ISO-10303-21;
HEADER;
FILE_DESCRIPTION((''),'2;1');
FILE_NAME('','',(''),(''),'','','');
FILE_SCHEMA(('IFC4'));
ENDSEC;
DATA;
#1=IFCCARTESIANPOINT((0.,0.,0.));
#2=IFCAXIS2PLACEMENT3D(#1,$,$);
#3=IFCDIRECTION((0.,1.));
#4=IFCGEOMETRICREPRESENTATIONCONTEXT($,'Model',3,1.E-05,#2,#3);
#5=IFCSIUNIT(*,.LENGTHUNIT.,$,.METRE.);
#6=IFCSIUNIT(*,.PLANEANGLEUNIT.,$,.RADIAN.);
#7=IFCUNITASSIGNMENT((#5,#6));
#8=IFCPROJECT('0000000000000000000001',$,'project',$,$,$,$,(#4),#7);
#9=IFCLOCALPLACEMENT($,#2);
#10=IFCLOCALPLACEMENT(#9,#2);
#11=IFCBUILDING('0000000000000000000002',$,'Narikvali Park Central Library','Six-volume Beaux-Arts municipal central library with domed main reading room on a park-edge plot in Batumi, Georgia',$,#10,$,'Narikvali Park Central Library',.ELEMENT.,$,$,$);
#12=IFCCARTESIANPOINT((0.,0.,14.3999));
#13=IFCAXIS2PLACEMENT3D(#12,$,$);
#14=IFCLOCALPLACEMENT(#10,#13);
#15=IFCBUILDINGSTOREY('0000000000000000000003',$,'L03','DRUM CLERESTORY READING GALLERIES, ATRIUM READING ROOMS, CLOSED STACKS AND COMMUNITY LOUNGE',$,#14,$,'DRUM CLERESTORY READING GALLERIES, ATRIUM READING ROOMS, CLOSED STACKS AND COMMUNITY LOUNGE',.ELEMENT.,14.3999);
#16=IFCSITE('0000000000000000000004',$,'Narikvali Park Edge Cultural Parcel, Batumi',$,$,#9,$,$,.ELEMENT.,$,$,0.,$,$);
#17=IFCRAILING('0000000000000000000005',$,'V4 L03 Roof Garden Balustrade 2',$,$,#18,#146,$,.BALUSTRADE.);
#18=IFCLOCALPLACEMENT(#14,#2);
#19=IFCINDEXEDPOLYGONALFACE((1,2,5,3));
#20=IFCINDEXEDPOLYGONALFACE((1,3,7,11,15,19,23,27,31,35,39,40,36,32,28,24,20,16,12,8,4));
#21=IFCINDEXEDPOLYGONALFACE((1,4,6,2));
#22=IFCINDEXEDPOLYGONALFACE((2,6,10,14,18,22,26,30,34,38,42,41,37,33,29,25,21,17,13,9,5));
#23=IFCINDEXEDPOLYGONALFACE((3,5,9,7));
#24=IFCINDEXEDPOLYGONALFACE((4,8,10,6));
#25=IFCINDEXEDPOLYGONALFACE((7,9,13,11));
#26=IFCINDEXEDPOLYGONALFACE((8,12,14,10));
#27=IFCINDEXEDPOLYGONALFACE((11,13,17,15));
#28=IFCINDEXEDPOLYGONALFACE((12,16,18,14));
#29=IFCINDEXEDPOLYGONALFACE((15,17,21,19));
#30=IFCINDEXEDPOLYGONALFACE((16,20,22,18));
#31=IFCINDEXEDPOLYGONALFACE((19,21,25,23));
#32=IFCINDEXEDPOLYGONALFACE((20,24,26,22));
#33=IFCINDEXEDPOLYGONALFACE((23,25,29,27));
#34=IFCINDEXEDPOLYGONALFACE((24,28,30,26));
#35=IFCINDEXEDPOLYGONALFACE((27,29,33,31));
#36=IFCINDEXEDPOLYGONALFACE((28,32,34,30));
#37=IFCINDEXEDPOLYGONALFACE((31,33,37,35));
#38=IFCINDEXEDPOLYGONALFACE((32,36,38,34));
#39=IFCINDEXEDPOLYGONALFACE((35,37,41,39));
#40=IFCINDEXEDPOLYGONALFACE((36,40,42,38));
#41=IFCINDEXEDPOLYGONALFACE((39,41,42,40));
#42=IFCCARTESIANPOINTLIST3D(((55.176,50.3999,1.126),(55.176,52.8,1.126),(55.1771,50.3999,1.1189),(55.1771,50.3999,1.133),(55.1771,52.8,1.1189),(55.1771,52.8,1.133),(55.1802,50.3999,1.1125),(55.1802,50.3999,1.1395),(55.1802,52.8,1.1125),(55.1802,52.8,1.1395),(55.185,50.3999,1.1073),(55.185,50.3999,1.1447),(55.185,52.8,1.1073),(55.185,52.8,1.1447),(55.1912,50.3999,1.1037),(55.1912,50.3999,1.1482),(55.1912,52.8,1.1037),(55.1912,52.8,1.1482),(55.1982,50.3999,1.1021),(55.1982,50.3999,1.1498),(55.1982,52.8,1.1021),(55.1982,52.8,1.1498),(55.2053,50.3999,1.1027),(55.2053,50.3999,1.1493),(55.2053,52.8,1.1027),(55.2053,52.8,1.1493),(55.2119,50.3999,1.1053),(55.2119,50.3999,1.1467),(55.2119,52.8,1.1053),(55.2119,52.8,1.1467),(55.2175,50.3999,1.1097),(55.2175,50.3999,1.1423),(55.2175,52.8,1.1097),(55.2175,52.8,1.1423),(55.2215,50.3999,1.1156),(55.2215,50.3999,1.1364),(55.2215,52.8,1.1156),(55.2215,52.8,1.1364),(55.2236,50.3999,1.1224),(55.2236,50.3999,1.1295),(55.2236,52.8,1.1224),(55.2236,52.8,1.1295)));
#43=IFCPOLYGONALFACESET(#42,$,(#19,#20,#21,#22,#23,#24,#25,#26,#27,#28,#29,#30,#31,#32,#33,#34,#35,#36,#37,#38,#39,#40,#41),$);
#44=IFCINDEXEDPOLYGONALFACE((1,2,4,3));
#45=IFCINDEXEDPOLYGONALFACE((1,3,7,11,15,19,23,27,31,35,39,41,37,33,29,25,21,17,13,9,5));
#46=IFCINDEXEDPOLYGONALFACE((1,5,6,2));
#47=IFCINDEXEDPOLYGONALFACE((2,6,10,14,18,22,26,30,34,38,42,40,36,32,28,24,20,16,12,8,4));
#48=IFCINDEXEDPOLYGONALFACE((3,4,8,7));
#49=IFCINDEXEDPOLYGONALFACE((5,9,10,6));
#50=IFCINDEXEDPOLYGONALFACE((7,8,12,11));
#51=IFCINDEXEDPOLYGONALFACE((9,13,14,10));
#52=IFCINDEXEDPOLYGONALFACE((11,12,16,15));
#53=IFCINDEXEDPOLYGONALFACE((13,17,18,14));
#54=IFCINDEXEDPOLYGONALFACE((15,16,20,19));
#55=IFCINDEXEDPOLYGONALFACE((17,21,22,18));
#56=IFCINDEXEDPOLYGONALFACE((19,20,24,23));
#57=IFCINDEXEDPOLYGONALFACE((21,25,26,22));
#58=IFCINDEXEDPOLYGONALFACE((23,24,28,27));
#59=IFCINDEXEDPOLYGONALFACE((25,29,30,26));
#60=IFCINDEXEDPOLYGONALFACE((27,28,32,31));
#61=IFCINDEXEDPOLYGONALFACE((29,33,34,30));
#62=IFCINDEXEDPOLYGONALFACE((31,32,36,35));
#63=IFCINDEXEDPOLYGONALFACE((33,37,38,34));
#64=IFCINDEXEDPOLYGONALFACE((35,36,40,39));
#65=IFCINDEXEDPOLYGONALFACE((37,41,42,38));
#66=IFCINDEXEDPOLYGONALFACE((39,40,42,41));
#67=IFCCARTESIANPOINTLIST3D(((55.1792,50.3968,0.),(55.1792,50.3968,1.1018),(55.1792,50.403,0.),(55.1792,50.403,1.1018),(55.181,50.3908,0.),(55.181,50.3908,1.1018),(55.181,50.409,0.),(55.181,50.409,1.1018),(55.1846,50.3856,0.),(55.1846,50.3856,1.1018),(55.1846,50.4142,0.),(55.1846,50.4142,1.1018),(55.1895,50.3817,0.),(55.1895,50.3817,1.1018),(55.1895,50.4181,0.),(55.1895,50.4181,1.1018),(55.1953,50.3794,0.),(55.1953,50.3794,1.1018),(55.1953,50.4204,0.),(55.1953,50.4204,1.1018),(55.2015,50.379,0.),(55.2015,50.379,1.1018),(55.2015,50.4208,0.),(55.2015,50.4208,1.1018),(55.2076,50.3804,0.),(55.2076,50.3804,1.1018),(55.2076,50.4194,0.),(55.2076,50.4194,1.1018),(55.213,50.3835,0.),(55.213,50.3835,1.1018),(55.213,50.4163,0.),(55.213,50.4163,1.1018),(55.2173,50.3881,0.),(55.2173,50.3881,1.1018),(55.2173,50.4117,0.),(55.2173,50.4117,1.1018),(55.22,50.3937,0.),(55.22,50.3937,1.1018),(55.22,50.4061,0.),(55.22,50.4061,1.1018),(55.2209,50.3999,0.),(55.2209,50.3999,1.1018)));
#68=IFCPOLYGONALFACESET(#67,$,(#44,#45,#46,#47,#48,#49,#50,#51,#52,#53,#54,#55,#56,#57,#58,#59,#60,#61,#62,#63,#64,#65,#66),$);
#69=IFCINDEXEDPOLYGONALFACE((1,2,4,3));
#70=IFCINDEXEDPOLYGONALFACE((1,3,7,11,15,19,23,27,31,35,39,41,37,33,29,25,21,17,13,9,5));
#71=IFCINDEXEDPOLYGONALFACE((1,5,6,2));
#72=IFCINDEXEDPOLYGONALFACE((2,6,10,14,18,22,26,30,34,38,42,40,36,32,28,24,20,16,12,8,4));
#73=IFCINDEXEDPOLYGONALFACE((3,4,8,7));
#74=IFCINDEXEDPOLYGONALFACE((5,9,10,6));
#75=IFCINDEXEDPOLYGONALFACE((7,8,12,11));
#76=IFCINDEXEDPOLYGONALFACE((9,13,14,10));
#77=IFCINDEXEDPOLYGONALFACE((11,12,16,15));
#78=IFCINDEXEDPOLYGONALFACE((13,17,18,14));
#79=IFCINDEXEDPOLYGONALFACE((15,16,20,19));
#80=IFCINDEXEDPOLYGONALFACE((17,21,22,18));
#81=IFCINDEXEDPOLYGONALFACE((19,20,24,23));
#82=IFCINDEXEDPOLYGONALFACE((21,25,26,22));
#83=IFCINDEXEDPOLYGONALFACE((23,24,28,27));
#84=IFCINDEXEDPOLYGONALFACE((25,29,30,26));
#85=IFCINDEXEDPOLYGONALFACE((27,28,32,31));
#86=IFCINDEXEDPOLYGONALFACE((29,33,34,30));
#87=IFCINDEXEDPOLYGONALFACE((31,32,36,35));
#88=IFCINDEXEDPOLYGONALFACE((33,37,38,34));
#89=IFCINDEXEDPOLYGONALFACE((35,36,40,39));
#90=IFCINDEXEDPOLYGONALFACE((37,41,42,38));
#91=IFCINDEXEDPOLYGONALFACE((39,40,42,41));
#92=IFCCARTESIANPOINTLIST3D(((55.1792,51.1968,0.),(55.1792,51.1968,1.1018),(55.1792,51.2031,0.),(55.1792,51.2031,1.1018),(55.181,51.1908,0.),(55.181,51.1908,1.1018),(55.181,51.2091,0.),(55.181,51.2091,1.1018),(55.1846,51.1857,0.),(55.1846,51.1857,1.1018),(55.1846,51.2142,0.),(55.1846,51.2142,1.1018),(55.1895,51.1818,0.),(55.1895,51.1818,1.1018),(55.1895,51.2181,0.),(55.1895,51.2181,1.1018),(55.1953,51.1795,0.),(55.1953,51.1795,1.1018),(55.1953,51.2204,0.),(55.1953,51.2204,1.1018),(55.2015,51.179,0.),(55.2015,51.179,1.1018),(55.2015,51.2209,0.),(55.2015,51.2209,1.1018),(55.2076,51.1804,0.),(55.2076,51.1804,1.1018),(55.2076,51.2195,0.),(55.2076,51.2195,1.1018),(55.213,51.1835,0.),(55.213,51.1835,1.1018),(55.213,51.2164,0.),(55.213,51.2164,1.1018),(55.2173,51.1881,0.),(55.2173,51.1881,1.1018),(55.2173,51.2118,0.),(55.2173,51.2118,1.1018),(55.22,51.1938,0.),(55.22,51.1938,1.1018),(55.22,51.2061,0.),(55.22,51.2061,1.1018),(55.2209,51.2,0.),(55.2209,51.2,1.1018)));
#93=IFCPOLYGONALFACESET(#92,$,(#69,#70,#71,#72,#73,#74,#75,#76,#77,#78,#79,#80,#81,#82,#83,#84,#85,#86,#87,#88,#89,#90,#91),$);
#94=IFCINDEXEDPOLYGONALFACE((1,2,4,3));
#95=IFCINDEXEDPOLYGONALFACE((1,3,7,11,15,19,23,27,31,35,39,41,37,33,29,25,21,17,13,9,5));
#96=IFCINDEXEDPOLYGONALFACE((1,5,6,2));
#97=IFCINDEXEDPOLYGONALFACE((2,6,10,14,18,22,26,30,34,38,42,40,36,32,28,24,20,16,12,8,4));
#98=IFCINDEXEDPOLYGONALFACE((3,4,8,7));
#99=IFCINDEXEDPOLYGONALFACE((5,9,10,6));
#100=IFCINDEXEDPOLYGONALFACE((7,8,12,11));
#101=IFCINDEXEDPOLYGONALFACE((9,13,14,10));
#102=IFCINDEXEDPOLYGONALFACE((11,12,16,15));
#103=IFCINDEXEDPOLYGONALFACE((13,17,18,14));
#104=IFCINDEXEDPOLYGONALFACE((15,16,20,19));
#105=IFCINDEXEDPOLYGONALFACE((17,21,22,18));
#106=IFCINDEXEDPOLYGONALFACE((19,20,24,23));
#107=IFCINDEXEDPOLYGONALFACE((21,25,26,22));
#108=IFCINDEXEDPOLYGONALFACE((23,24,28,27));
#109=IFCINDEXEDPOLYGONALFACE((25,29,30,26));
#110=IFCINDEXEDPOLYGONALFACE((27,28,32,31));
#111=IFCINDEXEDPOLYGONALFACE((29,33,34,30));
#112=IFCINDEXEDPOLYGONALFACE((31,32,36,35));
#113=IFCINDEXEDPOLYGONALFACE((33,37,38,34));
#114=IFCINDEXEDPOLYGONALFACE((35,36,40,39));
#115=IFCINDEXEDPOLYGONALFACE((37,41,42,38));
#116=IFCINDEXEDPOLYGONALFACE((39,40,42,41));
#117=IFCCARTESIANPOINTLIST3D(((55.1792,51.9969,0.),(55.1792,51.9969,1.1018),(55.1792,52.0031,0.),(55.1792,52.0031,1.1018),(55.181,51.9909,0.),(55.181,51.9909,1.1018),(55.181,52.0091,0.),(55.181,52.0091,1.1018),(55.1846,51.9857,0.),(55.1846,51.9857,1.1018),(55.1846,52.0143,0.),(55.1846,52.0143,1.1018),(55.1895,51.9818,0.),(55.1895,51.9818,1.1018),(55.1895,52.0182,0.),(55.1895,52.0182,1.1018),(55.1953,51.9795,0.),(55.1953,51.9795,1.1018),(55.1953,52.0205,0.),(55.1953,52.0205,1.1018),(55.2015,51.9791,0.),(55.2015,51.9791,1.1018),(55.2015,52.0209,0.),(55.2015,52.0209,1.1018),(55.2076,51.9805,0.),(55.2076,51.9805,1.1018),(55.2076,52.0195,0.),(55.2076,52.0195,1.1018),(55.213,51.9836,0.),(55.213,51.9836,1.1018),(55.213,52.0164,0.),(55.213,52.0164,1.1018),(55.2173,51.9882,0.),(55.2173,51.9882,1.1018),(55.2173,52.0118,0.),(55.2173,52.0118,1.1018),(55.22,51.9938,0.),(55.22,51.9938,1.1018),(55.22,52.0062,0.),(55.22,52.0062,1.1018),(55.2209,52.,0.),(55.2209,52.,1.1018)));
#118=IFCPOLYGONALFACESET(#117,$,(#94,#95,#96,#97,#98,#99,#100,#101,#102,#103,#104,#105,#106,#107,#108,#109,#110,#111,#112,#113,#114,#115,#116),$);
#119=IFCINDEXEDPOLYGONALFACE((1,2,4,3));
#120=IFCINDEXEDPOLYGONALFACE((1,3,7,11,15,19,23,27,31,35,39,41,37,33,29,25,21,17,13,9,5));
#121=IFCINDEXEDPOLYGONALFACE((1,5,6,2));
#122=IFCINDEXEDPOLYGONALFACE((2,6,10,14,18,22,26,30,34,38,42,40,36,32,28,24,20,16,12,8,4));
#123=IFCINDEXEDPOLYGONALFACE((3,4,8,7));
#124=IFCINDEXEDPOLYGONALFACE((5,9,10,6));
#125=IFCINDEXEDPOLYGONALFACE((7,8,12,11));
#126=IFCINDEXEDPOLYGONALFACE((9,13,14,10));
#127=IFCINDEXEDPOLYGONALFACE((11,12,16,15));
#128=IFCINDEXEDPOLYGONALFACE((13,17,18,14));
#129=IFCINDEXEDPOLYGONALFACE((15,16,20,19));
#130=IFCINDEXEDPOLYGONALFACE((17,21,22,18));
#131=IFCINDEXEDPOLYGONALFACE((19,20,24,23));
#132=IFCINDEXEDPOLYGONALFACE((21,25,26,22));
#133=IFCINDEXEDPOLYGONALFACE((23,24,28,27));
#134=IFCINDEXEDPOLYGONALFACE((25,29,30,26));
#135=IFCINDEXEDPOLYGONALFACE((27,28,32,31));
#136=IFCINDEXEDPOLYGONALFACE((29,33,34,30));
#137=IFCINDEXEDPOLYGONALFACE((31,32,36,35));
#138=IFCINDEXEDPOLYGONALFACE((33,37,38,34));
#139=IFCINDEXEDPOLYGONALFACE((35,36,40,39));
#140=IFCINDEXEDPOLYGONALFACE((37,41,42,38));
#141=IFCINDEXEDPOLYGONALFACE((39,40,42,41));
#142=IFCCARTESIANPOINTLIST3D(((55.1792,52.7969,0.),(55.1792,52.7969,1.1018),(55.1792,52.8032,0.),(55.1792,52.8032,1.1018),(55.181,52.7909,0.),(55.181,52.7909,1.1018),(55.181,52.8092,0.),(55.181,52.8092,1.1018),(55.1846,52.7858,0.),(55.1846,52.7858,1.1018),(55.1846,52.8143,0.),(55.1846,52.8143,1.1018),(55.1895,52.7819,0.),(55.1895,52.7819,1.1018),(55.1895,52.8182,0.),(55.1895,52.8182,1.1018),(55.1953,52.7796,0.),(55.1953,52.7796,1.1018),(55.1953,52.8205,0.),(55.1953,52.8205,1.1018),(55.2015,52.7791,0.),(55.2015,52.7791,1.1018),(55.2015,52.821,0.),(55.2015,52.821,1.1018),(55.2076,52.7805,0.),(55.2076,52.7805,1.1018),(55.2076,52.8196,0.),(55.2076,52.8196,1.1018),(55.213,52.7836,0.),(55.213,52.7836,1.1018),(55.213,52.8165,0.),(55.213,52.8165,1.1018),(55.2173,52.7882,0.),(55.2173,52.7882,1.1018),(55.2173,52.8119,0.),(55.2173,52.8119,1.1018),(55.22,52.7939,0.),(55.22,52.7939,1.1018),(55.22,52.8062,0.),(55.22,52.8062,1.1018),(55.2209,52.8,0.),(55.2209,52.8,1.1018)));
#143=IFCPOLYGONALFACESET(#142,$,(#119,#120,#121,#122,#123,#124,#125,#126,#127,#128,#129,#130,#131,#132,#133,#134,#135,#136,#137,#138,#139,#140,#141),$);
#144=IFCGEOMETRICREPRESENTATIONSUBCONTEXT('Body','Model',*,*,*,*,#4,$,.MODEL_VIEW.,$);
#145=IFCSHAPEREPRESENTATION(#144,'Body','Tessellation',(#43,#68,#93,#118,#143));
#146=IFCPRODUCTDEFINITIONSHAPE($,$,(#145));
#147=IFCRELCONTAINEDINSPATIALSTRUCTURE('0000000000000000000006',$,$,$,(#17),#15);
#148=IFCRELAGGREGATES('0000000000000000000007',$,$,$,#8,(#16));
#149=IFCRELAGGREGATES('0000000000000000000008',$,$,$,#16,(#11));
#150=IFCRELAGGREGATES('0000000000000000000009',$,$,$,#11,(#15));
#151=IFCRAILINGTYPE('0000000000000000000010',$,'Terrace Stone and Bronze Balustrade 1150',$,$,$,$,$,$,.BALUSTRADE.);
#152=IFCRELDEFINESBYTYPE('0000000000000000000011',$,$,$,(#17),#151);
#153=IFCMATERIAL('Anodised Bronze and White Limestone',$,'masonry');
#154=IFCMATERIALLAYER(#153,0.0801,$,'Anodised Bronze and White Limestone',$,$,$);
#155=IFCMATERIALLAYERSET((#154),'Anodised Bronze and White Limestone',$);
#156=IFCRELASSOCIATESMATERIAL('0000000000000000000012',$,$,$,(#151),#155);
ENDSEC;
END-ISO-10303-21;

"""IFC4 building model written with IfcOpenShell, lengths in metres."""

from ifc_helpers import new_model, si_unit, direction, frame, origin, origin_2d, place, context, subcontext, project, spatial, circle, extrude, material, layer, layer_set, type_object, element, save


model = new_model("IFC4")

# Units and contexts
model_context = context("Model", 3, precision=1e-05, world=origin(), true_north=direction((0.0, 1.0)))
body_context = subcontext(model_context, "Body", "Model", "MODEL_VIEW")
ifc_project = project(units=[si_unit("LENGTHUNIT", "METRE"), si_unit("PLANEANGLEUNIT", "RADIAN")], contexts=[model_context])

# Site, building, storey
site_placement = place(None, origin())
site = spatial("IfcSite", under=ifc_project, at=site_placement, Name="Narikvali Park Edge Cultural Parcel, Batumi", CompositionType="ELEMENT", RefElevation=0.0)
building_placement = place(site_placement, origin())
building = spatial("IfcBuilding", under=site, at=building_placement, Name="Narikvali Park Central Library", Description="Six-volume Beaux-Arts municipal central library with domed main reading room on a park-edge plot in Batumi, Georgia", LongName="Narikvali Park Central Library", CompositionType="ELEMENT")
storey_placement = place(building_placement, frame((0.0, 0.0, 14.3999)))
storey = spatial("IfcBuildingStorey", under=building, at=storey_placement, Name="L03", Description="DRUM CLERESTORY READING GALLERIES, ATRIUM READING ROOMS, CLOSED STACKS AND COMMUNITY LOUNGE", LongName="DRUM CLERESTORY READING GALLERIES, ATRIUM READING ROOMS, CLOSED STACKS AND COMMUNITY LOUNGE", CompositionType="ELEMENT", Elevation=14.3999)

# Railing
ifc_material_1 = material(Name="Anodised Bronze and White Limestone", Category="masonry")
ifc_layer_1 = layer(ifc_material_1, 0.0801, Name="Anodised Bronze and White Limestone")
ifc_layer_set_1 = layer_set([ifc_layer_1], Name="Anodised Bronze and White Limestone")
railing_type_1 = type_object("IfcRailingType", Name="Terrace Stone and Bronze Balustrade 1150", PredefinedType="BALUSTRADE", material=ifc_layer_set_1)
railing_1_placement = place(storey_placement, frame((55.2, 50.3999, 0.0)))
element("IfcRailing", 1, at=railing_1_placement, inside=storey, type_object=railing_type_1, Name="V4 L03 Roof Garden Balustrade 2", PredefinedType="BALUSTRADE", context=body_context, shape_type="SweptSolid", body=[
    extrude(circle(Radius=0.0239, at=origin_2d()), frame((0.0, 0.0, 1.126), z_axis=(0.0, 1.0, 0.0), x_axis=(-1.0, 0.0, 0.0)), (0.0, 0.0, 1.0), 2.4001),
    extrude(circle(Radius=0.021, at=origin_2d()), origin(), (0.0, 0.0, 1.0), 1.1018),
    extrude(circle(Radius=0.021, at=origin_2d()), frame((0.0, 0.8, 0.0)), (0.0, 0.0, 1.0), 1.1018),
    extrude(circle(Radius=0.021, at=origin_2d()), frame((0.0, 1.6001, 0.0)), (0.0, 0.0, 1.0), 1.1018),
    extrude(circle(Radius=0.021, at=origin_2d()), frame((0.0, 2.4001, 0.0)), (0.0, 0.0, 1.0), 1.1018),
])

save(model, "model.ifc")
